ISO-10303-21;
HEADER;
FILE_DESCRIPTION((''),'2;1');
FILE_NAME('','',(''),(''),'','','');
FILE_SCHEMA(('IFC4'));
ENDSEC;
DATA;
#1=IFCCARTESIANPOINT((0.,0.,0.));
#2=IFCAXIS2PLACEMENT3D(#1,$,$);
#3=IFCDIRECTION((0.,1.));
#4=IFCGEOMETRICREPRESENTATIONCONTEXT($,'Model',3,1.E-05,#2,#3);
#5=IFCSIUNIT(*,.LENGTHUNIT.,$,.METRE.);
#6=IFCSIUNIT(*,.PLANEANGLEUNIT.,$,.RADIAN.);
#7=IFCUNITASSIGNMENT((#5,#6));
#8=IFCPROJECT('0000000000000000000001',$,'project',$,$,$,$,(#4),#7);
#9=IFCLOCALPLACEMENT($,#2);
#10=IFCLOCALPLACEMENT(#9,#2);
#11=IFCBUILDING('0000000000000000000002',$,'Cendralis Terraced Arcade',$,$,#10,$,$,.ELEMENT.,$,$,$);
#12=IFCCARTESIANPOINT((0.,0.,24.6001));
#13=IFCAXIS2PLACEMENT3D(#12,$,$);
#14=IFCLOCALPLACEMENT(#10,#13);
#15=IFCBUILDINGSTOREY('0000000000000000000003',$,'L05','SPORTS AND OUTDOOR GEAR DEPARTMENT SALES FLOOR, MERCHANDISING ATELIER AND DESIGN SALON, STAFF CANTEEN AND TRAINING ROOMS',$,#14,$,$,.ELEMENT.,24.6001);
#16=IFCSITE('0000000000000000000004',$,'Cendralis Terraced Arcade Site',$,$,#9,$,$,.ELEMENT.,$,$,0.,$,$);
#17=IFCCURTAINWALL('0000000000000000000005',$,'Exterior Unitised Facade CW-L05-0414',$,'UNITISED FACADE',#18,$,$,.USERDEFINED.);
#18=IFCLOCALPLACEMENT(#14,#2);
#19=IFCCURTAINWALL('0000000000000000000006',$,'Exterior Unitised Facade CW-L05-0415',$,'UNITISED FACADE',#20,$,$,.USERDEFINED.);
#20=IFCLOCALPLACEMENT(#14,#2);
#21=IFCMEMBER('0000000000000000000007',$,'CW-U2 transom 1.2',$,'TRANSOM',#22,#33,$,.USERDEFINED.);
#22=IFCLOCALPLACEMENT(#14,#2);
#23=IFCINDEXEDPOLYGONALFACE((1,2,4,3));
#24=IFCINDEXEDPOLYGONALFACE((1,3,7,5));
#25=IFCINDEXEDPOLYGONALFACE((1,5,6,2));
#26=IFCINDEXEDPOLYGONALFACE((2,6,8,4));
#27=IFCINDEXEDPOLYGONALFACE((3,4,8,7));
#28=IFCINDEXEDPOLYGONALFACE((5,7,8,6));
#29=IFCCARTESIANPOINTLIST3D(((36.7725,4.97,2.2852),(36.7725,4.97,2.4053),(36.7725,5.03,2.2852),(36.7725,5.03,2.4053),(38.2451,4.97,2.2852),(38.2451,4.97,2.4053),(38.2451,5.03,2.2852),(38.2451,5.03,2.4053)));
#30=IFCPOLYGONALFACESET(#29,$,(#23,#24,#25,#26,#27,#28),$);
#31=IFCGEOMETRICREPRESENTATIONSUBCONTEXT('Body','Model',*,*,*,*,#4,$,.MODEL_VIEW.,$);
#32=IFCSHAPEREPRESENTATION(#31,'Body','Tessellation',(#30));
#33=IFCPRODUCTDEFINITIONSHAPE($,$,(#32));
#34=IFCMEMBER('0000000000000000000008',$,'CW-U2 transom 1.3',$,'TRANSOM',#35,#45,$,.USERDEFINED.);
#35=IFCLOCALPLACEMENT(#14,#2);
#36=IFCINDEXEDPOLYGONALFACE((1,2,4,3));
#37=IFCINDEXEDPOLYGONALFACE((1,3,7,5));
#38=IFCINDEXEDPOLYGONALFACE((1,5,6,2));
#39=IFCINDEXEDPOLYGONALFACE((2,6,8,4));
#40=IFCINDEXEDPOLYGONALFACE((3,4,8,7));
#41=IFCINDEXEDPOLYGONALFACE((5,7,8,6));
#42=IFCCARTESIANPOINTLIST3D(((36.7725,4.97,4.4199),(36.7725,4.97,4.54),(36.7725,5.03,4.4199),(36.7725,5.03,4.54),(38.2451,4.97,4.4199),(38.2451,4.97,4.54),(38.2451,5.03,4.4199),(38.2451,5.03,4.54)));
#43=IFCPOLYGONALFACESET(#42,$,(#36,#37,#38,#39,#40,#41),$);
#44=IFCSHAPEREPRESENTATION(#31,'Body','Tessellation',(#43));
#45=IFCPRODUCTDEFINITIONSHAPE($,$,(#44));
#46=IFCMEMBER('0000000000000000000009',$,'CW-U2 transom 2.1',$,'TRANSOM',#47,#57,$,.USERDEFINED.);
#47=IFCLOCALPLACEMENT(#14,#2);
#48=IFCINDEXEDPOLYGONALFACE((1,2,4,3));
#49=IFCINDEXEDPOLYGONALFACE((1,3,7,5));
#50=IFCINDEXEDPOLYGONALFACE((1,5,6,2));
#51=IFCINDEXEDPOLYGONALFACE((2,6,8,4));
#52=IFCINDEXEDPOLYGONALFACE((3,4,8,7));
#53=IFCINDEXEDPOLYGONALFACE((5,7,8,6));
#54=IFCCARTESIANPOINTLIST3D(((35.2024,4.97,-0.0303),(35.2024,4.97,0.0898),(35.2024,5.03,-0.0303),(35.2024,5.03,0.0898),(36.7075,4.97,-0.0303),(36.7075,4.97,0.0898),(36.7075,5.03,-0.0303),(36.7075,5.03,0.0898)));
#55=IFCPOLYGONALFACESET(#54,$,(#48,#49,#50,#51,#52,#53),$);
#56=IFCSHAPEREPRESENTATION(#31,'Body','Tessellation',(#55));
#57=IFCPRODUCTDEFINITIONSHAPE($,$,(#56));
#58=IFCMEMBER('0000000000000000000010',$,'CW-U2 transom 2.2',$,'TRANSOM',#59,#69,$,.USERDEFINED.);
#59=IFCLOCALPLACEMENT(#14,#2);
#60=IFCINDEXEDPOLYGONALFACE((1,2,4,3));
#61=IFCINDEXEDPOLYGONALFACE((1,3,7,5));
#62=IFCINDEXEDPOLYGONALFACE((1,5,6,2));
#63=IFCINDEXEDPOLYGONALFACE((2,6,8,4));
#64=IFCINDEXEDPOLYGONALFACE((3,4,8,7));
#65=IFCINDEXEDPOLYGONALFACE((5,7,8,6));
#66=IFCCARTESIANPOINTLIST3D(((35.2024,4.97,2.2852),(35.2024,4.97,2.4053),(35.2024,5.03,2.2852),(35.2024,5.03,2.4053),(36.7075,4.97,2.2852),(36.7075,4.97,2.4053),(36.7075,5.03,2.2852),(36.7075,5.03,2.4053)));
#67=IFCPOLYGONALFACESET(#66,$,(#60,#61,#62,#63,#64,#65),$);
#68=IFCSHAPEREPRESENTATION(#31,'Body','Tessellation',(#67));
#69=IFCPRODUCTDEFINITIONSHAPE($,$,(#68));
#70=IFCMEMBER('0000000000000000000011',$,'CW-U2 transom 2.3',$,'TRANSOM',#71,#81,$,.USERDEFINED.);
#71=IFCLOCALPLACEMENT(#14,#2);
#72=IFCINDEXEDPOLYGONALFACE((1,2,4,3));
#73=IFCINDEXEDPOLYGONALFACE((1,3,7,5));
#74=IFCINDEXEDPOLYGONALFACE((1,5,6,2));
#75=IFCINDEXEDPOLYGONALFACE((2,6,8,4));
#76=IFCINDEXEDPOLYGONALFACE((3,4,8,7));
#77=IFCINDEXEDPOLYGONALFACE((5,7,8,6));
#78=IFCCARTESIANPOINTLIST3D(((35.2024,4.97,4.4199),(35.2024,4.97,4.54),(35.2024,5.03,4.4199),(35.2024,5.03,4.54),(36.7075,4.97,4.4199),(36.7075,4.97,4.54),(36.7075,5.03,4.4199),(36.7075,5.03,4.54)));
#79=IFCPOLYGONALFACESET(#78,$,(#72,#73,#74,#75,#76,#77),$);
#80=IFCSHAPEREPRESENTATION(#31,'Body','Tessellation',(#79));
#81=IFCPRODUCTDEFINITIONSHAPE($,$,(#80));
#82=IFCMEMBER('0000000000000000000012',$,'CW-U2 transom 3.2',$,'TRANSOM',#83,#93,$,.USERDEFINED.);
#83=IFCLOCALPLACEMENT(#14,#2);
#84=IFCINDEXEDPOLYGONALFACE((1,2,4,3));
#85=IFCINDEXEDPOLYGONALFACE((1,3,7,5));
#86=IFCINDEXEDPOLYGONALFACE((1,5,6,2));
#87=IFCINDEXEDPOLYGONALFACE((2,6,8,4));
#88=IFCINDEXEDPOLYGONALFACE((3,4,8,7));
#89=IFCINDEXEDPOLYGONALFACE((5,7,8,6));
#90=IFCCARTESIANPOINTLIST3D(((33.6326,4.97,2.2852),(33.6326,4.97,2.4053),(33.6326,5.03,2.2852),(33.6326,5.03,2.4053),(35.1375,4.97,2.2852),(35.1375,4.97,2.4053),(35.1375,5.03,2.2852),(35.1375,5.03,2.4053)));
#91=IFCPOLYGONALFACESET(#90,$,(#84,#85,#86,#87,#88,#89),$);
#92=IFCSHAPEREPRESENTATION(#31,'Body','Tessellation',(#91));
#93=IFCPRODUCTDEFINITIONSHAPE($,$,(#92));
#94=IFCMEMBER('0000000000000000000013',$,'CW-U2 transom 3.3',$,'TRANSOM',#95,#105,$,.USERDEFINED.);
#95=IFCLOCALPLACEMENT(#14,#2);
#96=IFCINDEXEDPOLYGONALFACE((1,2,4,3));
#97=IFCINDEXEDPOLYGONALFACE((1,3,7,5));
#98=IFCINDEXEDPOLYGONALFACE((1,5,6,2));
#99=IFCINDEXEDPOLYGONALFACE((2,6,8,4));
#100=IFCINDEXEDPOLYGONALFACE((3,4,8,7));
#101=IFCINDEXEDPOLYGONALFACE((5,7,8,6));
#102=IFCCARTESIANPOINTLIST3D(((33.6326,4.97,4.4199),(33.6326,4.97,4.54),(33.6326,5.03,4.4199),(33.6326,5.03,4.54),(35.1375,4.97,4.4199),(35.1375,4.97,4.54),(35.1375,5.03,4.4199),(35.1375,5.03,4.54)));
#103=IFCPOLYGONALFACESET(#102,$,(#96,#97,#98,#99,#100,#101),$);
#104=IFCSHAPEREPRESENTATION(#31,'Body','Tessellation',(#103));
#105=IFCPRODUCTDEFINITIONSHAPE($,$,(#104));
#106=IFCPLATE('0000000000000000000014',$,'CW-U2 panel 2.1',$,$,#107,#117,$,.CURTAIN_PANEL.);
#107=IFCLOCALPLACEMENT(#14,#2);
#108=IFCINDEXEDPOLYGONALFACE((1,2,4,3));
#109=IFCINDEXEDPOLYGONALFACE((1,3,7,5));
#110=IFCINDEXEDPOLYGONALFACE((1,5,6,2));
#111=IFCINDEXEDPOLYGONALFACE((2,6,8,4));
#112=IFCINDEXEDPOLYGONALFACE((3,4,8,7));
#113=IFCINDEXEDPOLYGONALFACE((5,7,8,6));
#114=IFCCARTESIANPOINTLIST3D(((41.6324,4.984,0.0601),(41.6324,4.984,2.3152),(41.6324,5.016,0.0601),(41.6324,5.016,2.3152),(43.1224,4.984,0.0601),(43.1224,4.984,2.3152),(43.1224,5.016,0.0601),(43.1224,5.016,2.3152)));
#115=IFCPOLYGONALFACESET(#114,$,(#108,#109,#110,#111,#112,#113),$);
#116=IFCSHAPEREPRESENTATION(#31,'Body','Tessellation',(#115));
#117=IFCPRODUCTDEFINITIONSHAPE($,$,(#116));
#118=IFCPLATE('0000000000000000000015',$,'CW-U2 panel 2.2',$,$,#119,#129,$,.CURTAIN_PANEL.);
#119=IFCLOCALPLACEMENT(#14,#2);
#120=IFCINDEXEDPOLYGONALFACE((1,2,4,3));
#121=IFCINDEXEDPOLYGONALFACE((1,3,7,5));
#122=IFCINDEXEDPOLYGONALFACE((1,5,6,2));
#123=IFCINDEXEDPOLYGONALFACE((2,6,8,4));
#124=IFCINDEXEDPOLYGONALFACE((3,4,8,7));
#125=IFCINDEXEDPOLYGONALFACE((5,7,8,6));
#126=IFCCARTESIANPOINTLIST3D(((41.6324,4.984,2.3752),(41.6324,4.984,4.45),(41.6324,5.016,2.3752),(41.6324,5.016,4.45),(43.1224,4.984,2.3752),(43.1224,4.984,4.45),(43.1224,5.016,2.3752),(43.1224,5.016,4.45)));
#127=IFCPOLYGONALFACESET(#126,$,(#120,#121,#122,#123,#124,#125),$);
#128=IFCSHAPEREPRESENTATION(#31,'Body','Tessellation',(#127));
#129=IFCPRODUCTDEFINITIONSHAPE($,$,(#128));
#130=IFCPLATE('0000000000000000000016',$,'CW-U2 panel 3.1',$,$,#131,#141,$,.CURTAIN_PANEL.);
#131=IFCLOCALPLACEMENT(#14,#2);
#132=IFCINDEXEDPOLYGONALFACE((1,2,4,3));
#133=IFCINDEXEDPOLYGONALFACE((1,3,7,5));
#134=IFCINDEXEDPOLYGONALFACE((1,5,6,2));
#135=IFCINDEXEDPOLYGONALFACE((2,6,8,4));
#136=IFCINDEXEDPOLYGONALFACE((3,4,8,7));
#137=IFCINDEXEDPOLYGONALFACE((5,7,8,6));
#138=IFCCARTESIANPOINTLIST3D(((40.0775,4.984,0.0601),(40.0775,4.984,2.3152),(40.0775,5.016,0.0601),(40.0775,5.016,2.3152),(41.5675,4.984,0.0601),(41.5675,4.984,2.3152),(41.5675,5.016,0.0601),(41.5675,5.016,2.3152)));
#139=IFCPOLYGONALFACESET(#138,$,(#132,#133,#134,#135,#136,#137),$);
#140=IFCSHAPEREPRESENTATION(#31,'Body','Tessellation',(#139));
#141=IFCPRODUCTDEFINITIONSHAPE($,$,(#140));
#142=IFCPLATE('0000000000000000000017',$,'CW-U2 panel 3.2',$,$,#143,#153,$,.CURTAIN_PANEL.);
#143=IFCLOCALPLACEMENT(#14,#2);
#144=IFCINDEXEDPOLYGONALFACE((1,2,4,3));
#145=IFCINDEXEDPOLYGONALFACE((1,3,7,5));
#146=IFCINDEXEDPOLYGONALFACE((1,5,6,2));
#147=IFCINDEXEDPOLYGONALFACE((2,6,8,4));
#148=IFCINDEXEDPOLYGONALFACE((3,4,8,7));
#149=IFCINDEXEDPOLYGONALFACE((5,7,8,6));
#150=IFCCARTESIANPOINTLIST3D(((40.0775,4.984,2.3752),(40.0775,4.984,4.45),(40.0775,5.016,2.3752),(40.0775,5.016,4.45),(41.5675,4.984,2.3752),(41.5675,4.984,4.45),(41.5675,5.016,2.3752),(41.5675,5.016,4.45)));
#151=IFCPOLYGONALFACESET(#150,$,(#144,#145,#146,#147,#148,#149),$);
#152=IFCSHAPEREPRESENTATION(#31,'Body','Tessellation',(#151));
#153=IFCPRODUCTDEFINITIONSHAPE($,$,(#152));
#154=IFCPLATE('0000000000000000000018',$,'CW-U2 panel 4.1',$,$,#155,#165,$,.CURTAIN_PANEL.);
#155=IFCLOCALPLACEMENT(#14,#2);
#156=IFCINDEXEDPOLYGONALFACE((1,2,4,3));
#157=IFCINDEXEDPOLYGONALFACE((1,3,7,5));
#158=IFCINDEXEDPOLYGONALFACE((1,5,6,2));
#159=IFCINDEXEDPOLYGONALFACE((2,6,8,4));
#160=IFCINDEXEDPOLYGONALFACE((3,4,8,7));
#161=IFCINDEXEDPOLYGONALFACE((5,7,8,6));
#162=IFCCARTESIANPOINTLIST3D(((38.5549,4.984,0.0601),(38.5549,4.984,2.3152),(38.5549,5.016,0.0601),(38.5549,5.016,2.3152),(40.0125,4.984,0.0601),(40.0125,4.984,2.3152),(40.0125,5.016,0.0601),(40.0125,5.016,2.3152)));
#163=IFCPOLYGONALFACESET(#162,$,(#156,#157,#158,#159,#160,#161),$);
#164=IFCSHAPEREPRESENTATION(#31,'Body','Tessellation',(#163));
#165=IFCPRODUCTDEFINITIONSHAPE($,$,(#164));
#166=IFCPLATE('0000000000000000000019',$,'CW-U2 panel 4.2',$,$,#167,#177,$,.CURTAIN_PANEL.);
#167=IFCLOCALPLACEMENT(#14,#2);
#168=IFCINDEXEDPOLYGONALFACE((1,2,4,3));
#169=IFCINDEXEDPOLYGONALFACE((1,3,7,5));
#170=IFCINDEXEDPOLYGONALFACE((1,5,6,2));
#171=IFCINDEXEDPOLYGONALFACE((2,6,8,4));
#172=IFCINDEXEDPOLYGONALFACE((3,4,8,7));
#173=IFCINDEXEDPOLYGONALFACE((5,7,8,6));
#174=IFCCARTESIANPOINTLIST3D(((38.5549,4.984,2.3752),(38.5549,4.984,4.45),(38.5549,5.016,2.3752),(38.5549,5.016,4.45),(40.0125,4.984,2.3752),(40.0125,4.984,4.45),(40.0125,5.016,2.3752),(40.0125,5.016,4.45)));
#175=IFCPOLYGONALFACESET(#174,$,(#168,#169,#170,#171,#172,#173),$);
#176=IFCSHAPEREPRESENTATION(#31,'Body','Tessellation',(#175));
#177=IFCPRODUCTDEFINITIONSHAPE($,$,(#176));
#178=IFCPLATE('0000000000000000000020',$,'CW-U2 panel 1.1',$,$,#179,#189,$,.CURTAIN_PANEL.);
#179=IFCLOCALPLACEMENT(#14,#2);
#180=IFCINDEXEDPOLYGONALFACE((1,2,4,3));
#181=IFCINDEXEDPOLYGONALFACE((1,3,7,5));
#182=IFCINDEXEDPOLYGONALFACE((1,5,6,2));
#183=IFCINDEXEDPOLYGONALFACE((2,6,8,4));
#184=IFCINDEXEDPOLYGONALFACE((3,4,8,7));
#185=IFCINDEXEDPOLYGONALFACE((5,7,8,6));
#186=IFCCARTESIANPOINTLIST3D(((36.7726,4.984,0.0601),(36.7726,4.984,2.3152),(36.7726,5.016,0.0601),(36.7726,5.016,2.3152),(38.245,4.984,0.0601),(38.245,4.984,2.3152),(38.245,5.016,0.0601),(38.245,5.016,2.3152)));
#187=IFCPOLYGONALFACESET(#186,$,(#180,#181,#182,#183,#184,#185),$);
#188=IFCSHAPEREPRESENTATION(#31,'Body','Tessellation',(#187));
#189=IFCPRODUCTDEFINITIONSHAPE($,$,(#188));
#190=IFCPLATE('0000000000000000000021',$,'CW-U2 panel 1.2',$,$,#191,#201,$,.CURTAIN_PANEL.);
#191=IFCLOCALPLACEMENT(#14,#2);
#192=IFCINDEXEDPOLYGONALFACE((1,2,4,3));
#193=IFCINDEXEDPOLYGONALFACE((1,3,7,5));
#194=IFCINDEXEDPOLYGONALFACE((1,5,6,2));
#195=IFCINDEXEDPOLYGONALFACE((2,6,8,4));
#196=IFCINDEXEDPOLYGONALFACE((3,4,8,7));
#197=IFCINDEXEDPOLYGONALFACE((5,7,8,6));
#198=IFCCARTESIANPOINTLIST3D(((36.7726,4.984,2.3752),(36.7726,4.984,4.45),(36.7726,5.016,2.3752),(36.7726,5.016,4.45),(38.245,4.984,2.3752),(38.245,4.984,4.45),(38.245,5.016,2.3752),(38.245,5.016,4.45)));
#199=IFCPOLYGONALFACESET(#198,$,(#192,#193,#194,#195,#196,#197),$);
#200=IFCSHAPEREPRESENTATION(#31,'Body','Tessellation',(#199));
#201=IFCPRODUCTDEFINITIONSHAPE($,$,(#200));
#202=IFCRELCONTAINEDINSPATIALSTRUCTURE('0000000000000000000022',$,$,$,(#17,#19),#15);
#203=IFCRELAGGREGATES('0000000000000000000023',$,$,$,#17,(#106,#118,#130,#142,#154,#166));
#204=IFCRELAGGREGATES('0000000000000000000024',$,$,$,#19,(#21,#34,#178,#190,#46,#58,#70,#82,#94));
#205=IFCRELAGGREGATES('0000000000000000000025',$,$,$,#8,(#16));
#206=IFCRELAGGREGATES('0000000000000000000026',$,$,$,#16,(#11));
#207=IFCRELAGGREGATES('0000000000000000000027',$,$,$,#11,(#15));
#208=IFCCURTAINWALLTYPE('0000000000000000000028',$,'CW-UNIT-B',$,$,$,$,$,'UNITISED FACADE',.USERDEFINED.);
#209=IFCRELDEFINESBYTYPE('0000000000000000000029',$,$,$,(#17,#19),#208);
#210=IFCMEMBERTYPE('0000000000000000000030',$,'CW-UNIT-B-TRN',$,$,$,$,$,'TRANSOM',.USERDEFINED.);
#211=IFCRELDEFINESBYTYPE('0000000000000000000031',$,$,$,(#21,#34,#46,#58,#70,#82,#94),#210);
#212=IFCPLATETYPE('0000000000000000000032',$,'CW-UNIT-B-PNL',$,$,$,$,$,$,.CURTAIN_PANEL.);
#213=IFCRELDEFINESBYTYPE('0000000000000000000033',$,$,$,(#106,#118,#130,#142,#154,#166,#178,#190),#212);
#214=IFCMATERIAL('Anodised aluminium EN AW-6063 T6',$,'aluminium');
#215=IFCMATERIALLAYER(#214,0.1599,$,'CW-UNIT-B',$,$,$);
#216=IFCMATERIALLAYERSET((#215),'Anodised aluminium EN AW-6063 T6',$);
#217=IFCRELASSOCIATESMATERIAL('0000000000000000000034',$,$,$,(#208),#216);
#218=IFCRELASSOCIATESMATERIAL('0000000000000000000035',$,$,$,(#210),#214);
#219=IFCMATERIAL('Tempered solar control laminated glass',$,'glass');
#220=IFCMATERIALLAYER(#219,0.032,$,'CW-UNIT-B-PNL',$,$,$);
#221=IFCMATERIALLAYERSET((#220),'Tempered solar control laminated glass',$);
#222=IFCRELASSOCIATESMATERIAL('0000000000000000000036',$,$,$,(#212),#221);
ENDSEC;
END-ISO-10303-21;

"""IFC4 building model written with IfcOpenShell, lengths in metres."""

from ifc_helpers import new_model, si_unit, direction, frame, origin, origin_2d, place, context, subcontext, project, spatial, rectangle, extrude, material, layer, layer_set, material_profile, profile_set, type_object, element, aggregate, save


model = new_model("IFC4")

# Units and contexts
model_context = context("Model", 3, precision=1e-05, world=origin(), true_north=direction((0.0, 1.0)))
body_context = subcontext(model_context, "Body", "Model", "MODEL_VIEW")
ifc_project = project(units=[si_unit("LENGTHUNIT", "METRE"), si_unit("PLANEANGLEUNIT", "RADIAN")], contexts=[model_context])

# Site, building, storey
site_placement = place(None, origin())
site = spatial("IfcSite", under=ifc_project, at=site_placement, Name="Cendralis Terraced Arcade Site", CompositionType="ELEMENT", RefElevation=0.0)
building_placement = place(site_placement, origin())
building = spatial("IfcBuilding", under=site, at=building_placement, Name="Cendralis Terraced Arcade", CompositionType="ELEMENT")
storey_placement = place(building_placement, frame((0.0, 0.0, 24.6001)))
storey = spatial("IfcBuildingStorey", under=building, at=storey_placement, Name="L05", Description="SPORTS AND OUTDOOR GEAR DEPARTMENT SALES FLOOR, MERCHANDISING ATELIER AND DESIGN SALON, STAFF CANTEEN AND TRAINING ROOMS", CompositionType="ELEMENT", Elevation=24.6001)

# Curtain walls
ifc_material_1 = material(Name="Anodised aluminium EN AW-6063 T6", Category="aluminium")
ifc_layer_1 = layer(ifc_material_1, 0.1599, Name="CW-UNIT-B")
ifc_layer_set_1 = layer_set([ifc_layer_1], Name="Anodised aluminium EN AW-6063 T6")
curtain_wall_type = type_object("IfcCurtainWallType", Name="CW-UNIT-B", ElementType="UNITISED FACADE", PredefinedType="USERDEFINED", material=ifc_layer_set_1)
curtain_wall_1_placement = place(storey_placement, origin())
curtain_wall_1 = element("IfcCurtainWall", 1, at=curtain_wall_1_placement, inside=storey, type_object=curtain_wall_type, Name="Exterior Unitised Facade CW-L05-0414", ObjectType="UNITISED FACADE", PredefinedType="USERDEFINED")
curtain_wall_2_placement = place(storey_placement, origin())
curtain_wall_2 = element("IfcCurtainWall", 2, at=curtain_wall_2_placement, inside=storey, type_object=curtain_wall_type, Name="Exterior Unitised Facade CW-L05-0415", ObjectType="UNITISED FACADE", PredefinedType="USERDEFINED")

# Members
ifc_material_profile_1 = material_profile(ifc_material_1, rectangle(XDim=0.0601, YDim=0.1201, at=origin_2d()), Name="ALU-TRN-60x120")
ifc_profile_set_1 = profile_set([ifc_material_profile_1], Name="Anodised aluminium EN AW-6063 T6")
member_type_1 = type_object("IfcMemberType", Name="CW-UNIT-B-TRN", ElementType="TRANSOM", PredefinedType="USERDEFINED", material=ifc_profile_set_1)
member_1_placement = place(storey_placement, frame((38.2451, 5.0, 2.3452), z_axis=(-1.0, 0.0, 0.0), x_axis=(0.0, -1.0, 0.0)))
member_1 = element("IfcMember", 3, at=member_1_placement, type_object=member_type_1, Name="CW-U2 transom 1.2", ObjectType="TRANSOM", PredefinedType="USERDEFINED", context=body_context, shape_type="SweptSolid", body=[
    extrude(rectangle(XDim=0.0601, YDim=0.1201, at=origin_2d()), origin(), (0.0, 0.0, 1.0), 1.4727),
])
member_2_placement = place(storey_placement, frame((38.2451, 5.0, 4.48), z_axis=(-1.0, 0.0, 0.0), x_axis=(0.0, -1.0, 0.0)))
member_2 = element("IfcMember", 4, at=member_2_placement, type_object=member_type_1, Name="CW-U2 transom 1.3", ObjectType="TRANSOM", PredefinedType="USERDEFINED", context=body_context, shape_type="SweptSolid", body=[
    extrude(rectangle(XDim=0.0601, YDim=0.1201, at=origin_2d()), origin(), (0.0, 0.0, 1.0), 1.4727),
])
member_3_placement = place(storey_placement, frame((36.7075, 5.0, 0.0298), z_axis=(-1.0, 0.0, 0.0), x_axis=(0.0, -1.0, 0.0)))
member_3 = element("IfcMember", 5, at=member_3_placement, type_object=member_type_1, Name="CW-U2 transom 2.1", ObjectType="TRANSOM", PredefinedType="USERDEFINED", context=body_context, shape_type="SweptSolid", body=[
    extrude(rectangle(XDim=0.0601, YDim=0.1201, at=origin_2d()), origin(), (0.0, 0.0, 1.0), 1.5051),
])
member_4_placement = place(storey_placement, frame((36.7075, 5.0, 2.3452), z_axis=(-1.0, 0.0, 0.0), x_axis=(0.0, -1.0, 0.0)))
member_4 = element("IfcMember", 6, at=member_4_placement, type_object=member_type_1, Name="CW-U2 transom 2.2", ObjectType="TRANSOM", PredefinedType="USERDEFINED", context=body_context, shape_type="SweptSolid", body=[
    extrude(rectangle(XDim=0.0601, YDim=0.1201, at=origin_2d()), origin(), (0.0, 0.0, 1.0), 1.5051),
])
member_5_placement = place(storey_placement, frame((36.7075, 5.0, 4.48), z_axis=(-1.0, 0.0, 0.0), x_axis=(0.0, -1.0, 0.0)))
member_5 = element("IfcMember", 7, at=member_5_placement, type_object=member_type_1, Name="CW-U2 transom 2.3", ObjectType="TRANSOM", PredefinedType="USERDEFINED", context=body_context, shape_type="SweptSolid", body=[
    extrude(rectangle(XDim=0.0601, YDim=0.1201, at=origin_2d()), origin(), (0.0, 0.0, 1.0), 1.5051),
])
member_6_placement = place(storey_placement, frame((35.1375, 5.0, 2.3452), z_axis=(-1.0, 0.0, 0.0), x_axis=(0.0, -1.0, 0.0)))
member_6 = element("IfcMember", 8, at=member_6_placement, type_object=member_type_1, Name="CW-U2 transom 3.2", ObjectType="TRANSOM", PredefinedType="USERDEFINED", context=body_context, shape_type="SweptSolid", body=[
    extrude(rectangle(XDim=0.0601, YDim=0.1201, at=origin_2d()), origin(), (0.0, 0.0, 1.0), 1.5049),
])
member_7_placement = place(storey_placement, frame((35.1375, 5.0, 4.48), z_axis=(-1.0, 0.0, 0.0), x_axis=(0.0, -1.0, 0.0)))
member_7 = element("IfcMember", 9, at=member_7_placement, type_object=member_type_1, Name="CW-U2 transom 3.3", ObjectType="TRANSOM", PredefinedType="USERDEFINED", context=body_context, shape_type="SweptSolid", body=[
    extrude(rectangle(XDim=0.0601, YDim=0.1201, at=origin_2d()), origin(), (0.0, 0.0, 1.0), 1.5049),
])

# Plates
ifc_material_2 = material(Name="Tempered solar control laminated glass", Category="glass")
ifc_layer_2 = layer(ifc_material_2, 0.032, Name="CW-UNIT-B-PNL")
ifc_layer_set_2 = layer_set([ifc_layer_2], Name="Tempered solar control laminated glass")
plate_type = type_object("IfcPlateType", Name="CW-UNIT-B-PNL", PredefinedType="CURTAIN_PANEL", material=ifc_layer_set_2)
plate_1_placement = place(storey_placement, frame((42.3774, 5.0, 0.0601), z_axis=(0.0, 0.0, 1.0), x_axis=(-1.0, 0.0, 0.0)))
plate_1 = element("IfcPlate", 10, at=plate_1_placement, type_object=plate_type, Name="CW-U2 panel 2.1", PredefinedType="CURTAIN_PANEL", context=body_context, shape_type="SweptSolid", body=[
    extrude(rectangle(XDim=1.49, YDim=0.032, at=origin_2d()), origin(), (0.0, 0.0, 1.0), 2.2551),
])
plate_2_placement = place(storey_placement, frame((42.3774, 5.0, 2.3752), z_axis=(0.0, 0.0, 1.0), x_axis=(-1.0, 0.0, 0.0)))
plate_2 = element("IfcPlate", 11, at=plate_2_placement, type_object=plate_type, Name="CW-U2 panel 2.2", PredefinedType="CURTAIN_PANEL", context=body_context, shape_type="SweptSolid", body=[
    extrude(rectangle(XDim=1.49, YDim=0.032, at=origin_2d()), origin(), (0.0, 0.0, 1.0), 2.0747),
])
plate_3_placement = place(storey_placement, frame((40.8225, 5.0, 0.0601), z_axis=(0.0, 0.0, 1.0), x_axis=(-1.0, 0.0, 0.0)))
plate_3 = element("IfcPlate", 12, at=plate_3_placement, type_object=plate_type, Name="CW-U2 panel 3.1", PredefinedType="CURTAIN_PANEL", context=body_context, shape_type="SweptSolid", body=[
    extrude(rectangle(XDim=1.49, YDim=0.032, at=origin_2d()), origin(), (0.0, 0.0, 1.0), 2.2551),
])
plate_4_placement = place(storey_placement, frame((40.8225, 5.0, 2.3752), z_axis=(0.0, 0.0, 1.0), x_axis=(-1.0, 0.0, 0.0)))
plate_4 = element("IfcPlate", 13, at=plate_4_placement, type_object=plate_type, Name="CW-U2 panel 3.2", PredefinedType="CURTAIN_PANEL", context=body_context, shape_type="SweptSolid", body=[
    extrude(rectangle(XDim=1.49, YDim=0.032, at=origin_2d()), origin(), (0.0, 0.0, 1.0), 2.0747),
])
plate_5_placement = place(storey_placement, frame((39.2837, 5.0, 0.0601), z_axis=(0.0, 0.0, 1.0), x_axis=(-1.0, 0.0, 0.0)))
plate_5 = element("IfcPlate", 14, at=plate_5_placement, type_object=plate_type, Name="CW-U2 panel 4.1", PredefinedType="CURTAIN_PANEL", context=body_context, shape_type="SweptSolid", body=[
    extrude(rectangle(XDim=1.4575, YDim=0.032, at=origin_2d()), origin(), (0.0, 0.0, 1.0), 2.2551),
])
plate_6_placement = place(storey_placement, frame((39.2837, 5.0, 2.3752), z_axis=(0.0, 0.0, 1.0), x_axis=(-1.0, 0.0, 0.0)))
plate_6 = element("IfcPlate", 15, at=plate_6_placement, type_object=plate_type, Name="CW-U2 panel 4.2", PredefinedType="CURTAIN_PANEL", context=body_context, shape_type="SweptSolid", body=[
    extrude(rectangle(XDim=1.4575, YDim=0.032, at=origin_2d()), origin(), (0.0, 0.0, 1.0), 2.0747),
])
aggregate(curtain_wall_1, [plate_1, plate_2, plate_3, plate_4, plate_5, plate_6])
plate_7_placement = place(storey_placement, frame((37.5088, 5.0, 0.0601), z_axis=(0.0, 0.0, 1.0), x_axis=(-1.0, 0.0, 0.0)))
plate_7 = element("IfcPlate", 16, at=plate_7_placement, type_object=plate_type, Name="CW-U2 panel 1.1", PredefinedType="CURTAIN_PANEL", context=body_context, shape_type="SweptSolid", body=[
    extrude(rectangle(XDim=1.4724, YDim=0.032, at=origin_2d()), origin(), (0.0, 0.0, 1.0), 2.2551),
])
plate_8_placement = place(storey_placement, frame((37.5088, 5.0, 2.3752), z_axis=(0.0, 0.0, 1.0), x_axis=(-1.0, 0.0, 0.0)))
plate_8 = element("IfcPlate", 17, at=plate_8_placement, type_object=plate_type, Name="CW-U2 panel 1.2", PredefinedType="CURTAIN_PANEL", context=body_context, shape_type="SweptSolid", body=[
    extrude(rectangle(XDim=1.4724, YDim=0.032, at=origin_2d()), origin(), (0.0, 0.0, 1.0), 2.0747),
])
aggregate(curtain_wall_2, [member_1, member_2, plate_7, plate_8, member_3, member_4, member_5, member_6, member_7])

save(model, "model.ifc")
